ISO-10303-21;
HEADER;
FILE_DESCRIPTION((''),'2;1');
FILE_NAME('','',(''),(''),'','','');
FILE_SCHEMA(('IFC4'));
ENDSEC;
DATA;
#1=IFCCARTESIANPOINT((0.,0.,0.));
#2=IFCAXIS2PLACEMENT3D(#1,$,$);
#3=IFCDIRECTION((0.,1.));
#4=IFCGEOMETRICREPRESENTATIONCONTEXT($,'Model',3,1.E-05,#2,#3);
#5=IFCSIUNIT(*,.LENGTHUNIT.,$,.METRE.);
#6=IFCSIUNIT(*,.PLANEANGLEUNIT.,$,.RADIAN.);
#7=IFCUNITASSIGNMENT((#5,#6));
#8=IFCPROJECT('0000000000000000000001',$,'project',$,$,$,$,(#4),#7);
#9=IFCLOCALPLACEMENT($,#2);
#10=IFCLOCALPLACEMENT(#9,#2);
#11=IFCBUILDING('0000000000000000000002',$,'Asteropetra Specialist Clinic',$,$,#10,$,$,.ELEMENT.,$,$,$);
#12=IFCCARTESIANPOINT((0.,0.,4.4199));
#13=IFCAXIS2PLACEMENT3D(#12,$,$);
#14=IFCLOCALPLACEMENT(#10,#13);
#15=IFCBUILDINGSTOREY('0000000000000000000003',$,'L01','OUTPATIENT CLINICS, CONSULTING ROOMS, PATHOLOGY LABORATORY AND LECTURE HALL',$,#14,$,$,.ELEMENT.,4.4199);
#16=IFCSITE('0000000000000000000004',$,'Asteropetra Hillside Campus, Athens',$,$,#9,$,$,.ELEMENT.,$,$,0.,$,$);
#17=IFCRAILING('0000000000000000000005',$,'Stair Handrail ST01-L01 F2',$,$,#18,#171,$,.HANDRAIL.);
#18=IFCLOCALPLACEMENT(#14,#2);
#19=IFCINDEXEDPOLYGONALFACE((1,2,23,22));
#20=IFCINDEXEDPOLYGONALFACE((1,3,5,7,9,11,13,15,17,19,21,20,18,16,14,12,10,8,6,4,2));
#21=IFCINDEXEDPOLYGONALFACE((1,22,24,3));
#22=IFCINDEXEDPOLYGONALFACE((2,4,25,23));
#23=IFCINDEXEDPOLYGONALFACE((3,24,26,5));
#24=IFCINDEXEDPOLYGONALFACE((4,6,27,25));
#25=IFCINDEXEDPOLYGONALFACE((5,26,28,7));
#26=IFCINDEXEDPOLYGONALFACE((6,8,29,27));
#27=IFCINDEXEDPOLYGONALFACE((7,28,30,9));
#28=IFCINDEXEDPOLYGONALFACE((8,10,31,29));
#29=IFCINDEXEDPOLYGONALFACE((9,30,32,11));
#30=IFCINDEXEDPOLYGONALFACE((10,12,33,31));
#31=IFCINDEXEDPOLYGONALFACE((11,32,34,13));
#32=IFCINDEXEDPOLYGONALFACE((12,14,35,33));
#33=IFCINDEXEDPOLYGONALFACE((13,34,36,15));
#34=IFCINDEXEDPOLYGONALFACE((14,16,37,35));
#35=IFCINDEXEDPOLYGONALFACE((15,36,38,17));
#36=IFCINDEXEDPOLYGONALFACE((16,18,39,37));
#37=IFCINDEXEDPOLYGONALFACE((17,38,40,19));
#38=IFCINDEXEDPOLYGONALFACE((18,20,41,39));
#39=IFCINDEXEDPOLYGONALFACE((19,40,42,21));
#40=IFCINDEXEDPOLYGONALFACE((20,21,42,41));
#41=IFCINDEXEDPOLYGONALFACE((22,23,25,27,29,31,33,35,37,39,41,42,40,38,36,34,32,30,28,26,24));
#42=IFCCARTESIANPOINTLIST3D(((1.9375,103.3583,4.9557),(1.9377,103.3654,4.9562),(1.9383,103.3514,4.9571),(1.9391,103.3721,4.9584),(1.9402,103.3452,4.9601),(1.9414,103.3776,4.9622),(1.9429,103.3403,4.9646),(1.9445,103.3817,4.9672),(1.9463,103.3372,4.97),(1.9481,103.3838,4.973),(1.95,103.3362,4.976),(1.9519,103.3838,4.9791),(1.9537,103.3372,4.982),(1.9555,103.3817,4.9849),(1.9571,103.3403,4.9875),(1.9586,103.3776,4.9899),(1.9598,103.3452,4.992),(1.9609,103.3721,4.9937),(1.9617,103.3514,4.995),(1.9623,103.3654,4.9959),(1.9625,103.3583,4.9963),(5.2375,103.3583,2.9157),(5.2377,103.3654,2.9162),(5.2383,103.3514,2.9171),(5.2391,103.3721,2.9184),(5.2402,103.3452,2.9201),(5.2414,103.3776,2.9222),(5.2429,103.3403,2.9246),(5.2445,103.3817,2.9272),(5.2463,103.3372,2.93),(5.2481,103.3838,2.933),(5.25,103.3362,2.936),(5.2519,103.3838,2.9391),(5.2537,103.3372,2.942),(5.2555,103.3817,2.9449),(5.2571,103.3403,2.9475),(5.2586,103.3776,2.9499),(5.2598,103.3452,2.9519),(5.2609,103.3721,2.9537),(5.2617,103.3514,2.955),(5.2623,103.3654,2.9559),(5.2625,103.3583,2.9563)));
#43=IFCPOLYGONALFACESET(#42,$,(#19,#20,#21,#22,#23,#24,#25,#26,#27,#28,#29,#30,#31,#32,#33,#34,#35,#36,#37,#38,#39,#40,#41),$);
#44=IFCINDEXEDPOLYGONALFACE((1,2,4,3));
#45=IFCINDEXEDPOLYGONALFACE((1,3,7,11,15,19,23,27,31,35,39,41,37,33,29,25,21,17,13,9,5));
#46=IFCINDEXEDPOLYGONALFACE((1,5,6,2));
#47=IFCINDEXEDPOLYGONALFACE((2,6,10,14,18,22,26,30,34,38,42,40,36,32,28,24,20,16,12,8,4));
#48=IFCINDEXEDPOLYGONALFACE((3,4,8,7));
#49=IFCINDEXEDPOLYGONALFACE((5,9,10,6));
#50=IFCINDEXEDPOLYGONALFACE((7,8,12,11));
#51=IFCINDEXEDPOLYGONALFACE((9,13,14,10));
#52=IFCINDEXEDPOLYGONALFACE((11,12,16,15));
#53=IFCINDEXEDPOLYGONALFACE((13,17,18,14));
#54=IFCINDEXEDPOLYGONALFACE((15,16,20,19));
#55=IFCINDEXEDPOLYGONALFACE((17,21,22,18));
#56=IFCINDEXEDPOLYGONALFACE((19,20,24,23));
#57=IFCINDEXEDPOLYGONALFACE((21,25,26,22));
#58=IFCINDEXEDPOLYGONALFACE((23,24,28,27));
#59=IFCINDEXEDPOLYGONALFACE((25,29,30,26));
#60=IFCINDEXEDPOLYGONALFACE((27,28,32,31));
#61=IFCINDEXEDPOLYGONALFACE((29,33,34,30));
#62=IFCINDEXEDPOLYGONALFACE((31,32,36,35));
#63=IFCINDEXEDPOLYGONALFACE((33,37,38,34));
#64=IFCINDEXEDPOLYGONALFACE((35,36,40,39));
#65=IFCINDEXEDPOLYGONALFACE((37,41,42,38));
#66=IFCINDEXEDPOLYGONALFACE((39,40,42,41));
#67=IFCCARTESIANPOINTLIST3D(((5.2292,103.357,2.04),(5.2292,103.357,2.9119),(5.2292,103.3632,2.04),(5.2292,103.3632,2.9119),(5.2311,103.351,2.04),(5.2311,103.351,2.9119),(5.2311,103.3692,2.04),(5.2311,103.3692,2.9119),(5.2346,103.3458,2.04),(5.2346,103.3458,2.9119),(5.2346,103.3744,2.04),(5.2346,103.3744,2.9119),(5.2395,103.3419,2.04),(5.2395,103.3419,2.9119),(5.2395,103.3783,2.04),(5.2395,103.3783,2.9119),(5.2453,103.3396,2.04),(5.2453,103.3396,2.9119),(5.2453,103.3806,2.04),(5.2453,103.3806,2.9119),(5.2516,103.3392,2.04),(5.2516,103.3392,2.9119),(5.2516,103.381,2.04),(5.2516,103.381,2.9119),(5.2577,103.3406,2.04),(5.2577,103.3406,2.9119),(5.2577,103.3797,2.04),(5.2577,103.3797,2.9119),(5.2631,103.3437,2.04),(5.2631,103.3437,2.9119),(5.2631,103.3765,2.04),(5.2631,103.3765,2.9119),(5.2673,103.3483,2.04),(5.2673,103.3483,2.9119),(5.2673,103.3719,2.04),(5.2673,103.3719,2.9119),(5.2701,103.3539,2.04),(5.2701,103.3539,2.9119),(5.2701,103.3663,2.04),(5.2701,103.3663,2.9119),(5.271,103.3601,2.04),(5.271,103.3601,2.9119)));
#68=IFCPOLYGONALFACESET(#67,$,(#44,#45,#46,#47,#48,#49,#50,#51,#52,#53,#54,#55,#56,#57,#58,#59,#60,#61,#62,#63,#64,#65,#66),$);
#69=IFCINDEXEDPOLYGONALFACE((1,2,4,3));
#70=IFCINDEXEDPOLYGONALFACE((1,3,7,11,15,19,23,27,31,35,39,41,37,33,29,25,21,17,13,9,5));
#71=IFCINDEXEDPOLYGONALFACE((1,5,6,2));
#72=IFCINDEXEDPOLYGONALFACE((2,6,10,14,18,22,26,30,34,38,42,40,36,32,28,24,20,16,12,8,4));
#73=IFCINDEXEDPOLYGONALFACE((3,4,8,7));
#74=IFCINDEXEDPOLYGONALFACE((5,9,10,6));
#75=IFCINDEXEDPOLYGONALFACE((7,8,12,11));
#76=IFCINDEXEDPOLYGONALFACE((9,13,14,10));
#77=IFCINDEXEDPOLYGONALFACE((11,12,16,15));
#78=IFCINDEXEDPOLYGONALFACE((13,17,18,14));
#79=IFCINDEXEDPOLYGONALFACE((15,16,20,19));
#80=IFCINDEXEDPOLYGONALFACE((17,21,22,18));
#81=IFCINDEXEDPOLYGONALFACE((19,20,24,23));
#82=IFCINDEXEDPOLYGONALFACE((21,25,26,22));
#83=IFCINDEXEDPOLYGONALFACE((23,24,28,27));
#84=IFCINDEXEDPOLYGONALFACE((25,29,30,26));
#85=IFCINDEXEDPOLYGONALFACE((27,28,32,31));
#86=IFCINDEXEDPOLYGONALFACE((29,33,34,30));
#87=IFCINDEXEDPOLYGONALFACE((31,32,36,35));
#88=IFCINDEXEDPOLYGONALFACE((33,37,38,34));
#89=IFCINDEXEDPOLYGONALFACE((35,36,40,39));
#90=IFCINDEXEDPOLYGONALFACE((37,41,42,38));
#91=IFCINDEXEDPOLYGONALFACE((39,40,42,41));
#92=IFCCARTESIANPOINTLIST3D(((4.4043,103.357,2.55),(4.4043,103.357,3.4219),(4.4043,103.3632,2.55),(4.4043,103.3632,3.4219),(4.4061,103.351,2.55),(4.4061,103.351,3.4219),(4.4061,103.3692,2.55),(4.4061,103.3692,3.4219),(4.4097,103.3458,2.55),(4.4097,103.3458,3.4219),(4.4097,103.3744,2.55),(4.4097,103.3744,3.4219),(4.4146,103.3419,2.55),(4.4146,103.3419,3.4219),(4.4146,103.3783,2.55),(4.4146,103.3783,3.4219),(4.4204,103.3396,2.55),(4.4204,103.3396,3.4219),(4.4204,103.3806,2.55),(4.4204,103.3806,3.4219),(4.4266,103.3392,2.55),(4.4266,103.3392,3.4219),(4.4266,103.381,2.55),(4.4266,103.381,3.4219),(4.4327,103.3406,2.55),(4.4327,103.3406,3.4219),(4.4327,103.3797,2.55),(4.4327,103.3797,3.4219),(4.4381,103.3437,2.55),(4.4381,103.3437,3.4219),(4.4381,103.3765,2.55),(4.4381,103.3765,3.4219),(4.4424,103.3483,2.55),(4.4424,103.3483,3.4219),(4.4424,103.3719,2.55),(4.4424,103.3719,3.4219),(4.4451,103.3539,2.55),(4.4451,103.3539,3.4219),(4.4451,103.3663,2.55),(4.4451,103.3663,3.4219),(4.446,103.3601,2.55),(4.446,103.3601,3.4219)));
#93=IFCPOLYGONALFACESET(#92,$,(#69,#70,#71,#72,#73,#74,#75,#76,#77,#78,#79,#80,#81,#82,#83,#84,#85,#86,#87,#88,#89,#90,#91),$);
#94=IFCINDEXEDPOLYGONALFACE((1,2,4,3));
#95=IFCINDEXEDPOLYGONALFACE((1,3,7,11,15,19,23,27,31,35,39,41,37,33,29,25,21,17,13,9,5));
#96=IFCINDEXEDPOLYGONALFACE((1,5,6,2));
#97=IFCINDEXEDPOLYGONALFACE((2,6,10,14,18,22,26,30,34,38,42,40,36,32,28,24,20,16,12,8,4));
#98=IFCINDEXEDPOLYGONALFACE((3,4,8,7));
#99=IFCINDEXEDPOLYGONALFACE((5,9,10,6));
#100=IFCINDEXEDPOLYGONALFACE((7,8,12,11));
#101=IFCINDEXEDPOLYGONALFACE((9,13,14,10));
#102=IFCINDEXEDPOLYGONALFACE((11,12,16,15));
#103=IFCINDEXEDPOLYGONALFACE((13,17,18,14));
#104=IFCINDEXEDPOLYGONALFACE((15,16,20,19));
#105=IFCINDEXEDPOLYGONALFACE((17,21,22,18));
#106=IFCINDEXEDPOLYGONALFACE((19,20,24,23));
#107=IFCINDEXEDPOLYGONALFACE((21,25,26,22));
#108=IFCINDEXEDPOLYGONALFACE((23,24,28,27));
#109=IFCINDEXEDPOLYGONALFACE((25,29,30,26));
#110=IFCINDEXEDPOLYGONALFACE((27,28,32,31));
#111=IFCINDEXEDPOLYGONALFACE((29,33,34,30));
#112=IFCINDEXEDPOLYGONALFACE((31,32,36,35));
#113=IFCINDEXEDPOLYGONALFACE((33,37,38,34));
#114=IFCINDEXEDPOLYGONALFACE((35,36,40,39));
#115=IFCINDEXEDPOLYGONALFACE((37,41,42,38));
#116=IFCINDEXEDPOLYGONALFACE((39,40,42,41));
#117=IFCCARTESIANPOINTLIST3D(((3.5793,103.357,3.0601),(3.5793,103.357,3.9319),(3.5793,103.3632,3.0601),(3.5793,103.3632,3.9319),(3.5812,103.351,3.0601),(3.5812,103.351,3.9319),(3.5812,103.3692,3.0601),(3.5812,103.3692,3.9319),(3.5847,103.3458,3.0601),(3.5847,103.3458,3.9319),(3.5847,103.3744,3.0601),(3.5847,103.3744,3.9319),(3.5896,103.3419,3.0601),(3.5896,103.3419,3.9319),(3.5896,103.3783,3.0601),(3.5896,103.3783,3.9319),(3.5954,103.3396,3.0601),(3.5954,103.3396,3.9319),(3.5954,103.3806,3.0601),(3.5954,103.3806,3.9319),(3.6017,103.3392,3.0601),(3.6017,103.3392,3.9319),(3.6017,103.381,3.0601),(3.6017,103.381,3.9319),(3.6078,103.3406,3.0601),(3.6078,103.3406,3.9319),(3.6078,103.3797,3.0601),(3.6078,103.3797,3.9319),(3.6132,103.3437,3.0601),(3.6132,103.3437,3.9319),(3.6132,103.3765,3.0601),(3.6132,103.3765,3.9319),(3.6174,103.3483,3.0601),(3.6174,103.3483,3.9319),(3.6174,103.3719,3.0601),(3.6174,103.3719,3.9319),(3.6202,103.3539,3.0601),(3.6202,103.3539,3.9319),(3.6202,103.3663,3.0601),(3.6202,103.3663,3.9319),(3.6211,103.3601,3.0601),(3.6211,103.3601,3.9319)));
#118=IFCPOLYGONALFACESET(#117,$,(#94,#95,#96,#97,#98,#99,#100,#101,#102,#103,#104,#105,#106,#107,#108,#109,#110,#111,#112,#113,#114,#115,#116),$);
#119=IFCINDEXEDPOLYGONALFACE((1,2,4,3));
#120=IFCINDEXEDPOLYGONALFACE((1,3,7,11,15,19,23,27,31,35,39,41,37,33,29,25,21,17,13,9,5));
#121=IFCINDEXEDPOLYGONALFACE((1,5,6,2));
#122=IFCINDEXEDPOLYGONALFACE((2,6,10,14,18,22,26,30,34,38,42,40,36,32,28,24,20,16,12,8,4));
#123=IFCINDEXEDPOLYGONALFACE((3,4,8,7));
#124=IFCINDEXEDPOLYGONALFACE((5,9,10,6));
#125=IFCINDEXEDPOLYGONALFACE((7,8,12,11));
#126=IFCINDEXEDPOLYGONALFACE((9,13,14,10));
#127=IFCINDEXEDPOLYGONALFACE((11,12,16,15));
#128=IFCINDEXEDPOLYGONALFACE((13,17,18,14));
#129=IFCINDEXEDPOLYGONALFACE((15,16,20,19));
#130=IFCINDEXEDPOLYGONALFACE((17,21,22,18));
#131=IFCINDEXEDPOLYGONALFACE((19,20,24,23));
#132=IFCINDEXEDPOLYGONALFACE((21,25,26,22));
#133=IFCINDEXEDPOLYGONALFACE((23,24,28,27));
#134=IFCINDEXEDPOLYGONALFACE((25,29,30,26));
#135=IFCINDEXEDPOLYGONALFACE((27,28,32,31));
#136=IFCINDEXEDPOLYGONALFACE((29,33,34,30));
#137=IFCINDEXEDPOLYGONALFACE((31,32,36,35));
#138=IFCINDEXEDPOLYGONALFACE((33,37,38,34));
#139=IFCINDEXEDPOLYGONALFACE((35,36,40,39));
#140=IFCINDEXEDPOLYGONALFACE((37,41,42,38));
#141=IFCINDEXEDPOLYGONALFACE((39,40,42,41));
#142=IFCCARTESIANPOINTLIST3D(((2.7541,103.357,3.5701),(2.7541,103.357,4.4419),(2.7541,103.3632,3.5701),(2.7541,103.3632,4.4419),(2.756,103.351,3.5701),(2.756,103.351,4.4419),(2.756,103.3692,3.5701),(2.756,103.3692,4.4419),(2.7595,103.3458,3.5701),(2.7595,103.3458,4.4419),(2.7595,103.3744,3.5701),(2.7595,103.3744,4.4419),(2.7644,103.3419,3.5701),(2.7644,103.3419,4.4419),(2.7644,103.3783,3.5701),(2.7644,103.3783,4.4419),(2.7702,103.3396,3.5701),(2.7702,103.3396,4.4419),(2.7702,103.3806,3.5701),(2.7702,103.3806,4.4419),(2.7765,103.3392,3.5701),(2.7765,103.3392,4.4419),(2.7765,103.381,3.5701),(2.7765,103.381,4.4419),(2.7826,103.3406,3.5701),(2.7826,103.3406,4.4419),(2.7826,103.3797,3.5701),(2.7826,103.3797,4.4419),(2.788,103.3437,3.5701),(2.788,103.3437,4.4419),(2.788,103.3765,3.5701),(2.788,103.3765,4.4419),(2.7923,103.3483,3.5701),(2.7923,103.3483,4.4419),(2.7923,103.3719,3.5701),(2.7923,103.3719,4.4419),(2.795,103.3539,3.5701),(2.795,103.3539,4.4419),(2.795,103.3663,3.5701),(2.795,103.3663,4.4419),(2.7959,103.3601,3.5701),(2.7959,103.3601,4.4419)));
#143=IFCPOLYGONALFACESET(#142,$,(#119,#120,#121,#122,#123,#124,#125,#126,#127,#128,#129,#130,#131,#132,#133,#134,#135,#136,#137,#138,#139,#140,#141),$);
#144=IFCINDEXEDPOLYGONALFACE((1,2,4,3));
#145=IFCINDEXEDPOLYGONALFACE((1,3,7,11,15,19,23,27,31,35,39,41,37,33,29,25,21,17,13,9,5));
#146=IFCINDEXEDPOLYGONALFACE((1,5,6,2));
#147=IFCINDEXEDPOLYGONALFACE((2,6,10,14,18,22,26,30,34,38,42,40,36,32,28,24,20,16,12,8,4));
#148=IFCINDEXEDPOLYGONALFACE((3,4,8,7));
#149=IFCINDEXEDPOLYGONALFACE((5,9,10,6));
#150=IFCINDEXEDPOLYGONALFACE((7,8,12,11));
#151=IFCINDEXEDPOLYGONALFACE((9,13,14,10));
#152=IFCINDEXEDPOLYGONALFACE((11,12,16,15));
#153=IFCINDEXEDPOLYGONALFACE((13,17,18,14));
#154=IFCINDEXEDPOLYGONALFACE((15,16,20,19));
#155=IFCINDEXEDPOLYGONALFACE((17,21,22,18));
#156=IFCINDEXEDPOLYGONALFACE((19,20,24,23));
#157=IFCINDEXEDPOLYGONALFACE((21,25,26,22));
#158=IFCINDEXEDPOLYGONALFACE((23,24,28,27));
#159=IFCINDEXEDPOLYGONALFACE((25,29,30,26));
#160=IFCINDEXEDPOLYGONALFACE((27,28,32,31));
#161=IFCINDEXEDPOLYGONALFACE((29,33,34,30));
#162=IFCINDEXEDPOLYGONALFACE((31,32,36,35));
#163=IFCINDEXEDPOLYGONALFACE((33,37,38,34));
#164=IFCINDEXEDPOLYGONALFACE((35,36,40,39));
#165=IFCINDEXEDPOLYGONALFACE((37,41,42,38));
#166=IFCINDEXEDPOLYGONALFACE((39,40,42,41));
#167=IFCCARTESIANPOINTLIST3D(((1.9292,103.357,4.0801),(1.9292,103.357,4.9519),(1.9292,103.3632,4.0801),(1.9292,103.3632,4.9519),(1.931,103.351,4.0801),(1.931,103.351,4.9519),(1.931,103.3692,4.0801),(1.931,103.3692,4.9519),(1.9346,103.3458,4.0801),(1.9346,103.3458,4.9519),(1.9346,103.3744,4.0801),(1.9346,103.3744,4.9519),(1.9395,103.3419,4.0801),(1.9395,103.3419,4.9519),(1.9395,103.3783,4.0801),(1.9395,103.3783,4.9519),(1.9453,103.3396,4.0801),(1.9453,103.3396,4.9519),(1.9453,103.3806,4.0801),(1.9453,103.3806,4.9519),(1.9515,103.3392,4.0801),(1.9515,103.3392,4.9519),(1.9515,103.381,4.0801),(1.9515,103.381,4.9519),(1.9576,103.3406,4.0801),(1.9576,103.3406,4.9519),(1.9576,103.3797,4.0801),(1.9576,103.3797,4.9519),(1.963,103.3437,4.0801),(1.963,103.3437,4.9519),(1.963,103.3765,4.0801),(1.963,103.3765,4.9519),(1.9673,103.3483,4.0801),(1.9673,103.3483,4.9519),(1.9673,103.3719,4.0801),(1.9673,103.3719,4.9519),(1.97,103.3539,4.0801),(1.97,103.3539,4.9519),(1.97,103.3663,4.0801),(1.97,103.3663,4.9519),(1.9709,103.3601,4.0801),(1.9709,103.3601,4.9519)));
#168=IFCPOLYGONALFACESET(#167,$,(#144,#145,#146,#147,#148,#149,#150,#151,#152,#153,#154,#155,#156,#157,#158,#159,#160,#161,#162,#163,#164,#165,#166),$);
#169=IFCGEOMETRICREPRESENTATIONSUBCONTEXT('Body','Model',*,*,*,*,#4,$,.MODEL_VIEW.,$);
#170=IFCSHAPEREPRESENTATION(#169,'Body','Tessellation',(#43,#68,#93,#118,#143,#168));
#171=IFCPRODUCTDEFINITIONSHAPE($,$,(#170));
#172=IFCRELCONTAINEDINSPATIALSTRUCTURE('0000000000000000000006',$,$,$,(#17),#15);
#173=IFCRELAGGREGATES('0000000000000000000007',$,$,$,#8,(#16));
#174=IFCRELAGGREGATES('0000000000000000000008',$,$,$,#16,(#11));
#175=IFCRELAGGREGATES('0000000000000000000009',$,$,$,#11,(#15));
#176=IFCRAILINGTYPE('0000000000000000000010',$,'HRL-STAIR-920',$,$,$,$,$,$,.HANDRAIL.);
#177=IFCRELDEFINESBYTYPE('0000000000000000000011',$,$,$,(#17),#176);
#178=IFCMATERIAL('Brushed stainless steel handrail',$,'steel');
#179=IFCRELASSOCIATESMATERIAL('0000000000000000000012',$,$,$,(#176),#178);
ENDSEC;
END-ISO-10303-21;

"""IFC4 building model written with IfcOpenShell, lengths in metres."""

from ifc_helpers import new_model, si_unit, direction, frame, origin, origin_2d, place, context, subcontext, project, spatial, circle, extrude, material, type_object, element, save


model = new_model("IFC4")

# Units and contexts
model_context = context("Model", 3, precision=1e-05, world=origin(), true_north=direction((0.0, 1.0)))
body_context = subcontext(model_context, "Body", "Model", "MODEL_VIEW")
ifc_project = project(units=[si_unit("LENGTHUNIT", "METRE"), si_unit("PLANEANGLEUNIT", "RADIAN")], contexts=[model_context])

# Site, building, storey
site_placement = place(None, origin())
site = spatial("IfcSite", under=ifc_project, at=site_placement, Name="Asteropetra Hillside Campus, Athens", CompositionType="ELEMENT", RefElevation=0.0)
building_placement = place(site_placement, origin())
building = spatial("IfcBuilding", under=site, at=building_placement, Name="Asteropetra Specialist Clinic", CompositionType="ELEMENT")
storey_placement = place(building_placement, frame((0.0, 0.0, 4.4199)))
storey = spatial("IfcBuildingStorey", under=building, at=storey_placement, Name="L01", Description="OUTPATIENT CLINICS, CONSULTING ROOMS, PATHOLOGY LABORATORY AND LECTURE HALL", CompositionType="ELEMENT", Elevation=4.4199)

# Railing
ifc_material_1 = material(Name="Brushed stainless steel handrail", Category="steel")
railing_type_1 = type_object("IfcRailingType", Name="HRL-STAIR-920", PredefinedType="HANDRAIL", material=ifc_material_1)
railing_1_placement = place(storey_placement, frame((5.25, 103.3601, 2.04)))
element("IfcRailing", 1, at=railing_1_placement, inside=storey, type_object=railing_type_1, Name="Stair Handrail ST01-L01 F2", PredefinedType="HANDRAIL", context=body_context, shape_type="SweptSolid", body=[
    extrude(circle(Radius=0.0239, at=origin_2d()), frame((0.0, 0.0, 0.896), z_axis=(-0.850594, 0.0, 0.525824), x_axis=(0.0, -1.0, 0.0)), (0.0, 0.0, 1.0), 3.8796),
    extrude(circle(Radius=0.021, at=origin_2d()), origin(), (0.0, 0.0, 1.0), 0.8718),
    extrude(circle(Radius=0.021, at=origin_2d()), frame((-0.825, 0.0, 0.51)), (0.0, 0.0, 1.0), 0.8718),
    extrude(circle(Radius=0.021, at=origin_2d()), frame((-1.6499, 0.0, 1.02)), (0.0, 0.0, 1.0), 0.8718),
    extrude(circle(Radius=0.021, at=origin_2d()), frame((-2.4751, 0.0, 1.53)), (0.0, 0.0, 1.0), 0.8718),
    extrude(circle(Radius=0.021, at=origin_2d()), frame((-3.3, 0.0, 2.04)), (0.0, 0.0, 1.0), 0.8718),
])

save(model, "model.ifc")
